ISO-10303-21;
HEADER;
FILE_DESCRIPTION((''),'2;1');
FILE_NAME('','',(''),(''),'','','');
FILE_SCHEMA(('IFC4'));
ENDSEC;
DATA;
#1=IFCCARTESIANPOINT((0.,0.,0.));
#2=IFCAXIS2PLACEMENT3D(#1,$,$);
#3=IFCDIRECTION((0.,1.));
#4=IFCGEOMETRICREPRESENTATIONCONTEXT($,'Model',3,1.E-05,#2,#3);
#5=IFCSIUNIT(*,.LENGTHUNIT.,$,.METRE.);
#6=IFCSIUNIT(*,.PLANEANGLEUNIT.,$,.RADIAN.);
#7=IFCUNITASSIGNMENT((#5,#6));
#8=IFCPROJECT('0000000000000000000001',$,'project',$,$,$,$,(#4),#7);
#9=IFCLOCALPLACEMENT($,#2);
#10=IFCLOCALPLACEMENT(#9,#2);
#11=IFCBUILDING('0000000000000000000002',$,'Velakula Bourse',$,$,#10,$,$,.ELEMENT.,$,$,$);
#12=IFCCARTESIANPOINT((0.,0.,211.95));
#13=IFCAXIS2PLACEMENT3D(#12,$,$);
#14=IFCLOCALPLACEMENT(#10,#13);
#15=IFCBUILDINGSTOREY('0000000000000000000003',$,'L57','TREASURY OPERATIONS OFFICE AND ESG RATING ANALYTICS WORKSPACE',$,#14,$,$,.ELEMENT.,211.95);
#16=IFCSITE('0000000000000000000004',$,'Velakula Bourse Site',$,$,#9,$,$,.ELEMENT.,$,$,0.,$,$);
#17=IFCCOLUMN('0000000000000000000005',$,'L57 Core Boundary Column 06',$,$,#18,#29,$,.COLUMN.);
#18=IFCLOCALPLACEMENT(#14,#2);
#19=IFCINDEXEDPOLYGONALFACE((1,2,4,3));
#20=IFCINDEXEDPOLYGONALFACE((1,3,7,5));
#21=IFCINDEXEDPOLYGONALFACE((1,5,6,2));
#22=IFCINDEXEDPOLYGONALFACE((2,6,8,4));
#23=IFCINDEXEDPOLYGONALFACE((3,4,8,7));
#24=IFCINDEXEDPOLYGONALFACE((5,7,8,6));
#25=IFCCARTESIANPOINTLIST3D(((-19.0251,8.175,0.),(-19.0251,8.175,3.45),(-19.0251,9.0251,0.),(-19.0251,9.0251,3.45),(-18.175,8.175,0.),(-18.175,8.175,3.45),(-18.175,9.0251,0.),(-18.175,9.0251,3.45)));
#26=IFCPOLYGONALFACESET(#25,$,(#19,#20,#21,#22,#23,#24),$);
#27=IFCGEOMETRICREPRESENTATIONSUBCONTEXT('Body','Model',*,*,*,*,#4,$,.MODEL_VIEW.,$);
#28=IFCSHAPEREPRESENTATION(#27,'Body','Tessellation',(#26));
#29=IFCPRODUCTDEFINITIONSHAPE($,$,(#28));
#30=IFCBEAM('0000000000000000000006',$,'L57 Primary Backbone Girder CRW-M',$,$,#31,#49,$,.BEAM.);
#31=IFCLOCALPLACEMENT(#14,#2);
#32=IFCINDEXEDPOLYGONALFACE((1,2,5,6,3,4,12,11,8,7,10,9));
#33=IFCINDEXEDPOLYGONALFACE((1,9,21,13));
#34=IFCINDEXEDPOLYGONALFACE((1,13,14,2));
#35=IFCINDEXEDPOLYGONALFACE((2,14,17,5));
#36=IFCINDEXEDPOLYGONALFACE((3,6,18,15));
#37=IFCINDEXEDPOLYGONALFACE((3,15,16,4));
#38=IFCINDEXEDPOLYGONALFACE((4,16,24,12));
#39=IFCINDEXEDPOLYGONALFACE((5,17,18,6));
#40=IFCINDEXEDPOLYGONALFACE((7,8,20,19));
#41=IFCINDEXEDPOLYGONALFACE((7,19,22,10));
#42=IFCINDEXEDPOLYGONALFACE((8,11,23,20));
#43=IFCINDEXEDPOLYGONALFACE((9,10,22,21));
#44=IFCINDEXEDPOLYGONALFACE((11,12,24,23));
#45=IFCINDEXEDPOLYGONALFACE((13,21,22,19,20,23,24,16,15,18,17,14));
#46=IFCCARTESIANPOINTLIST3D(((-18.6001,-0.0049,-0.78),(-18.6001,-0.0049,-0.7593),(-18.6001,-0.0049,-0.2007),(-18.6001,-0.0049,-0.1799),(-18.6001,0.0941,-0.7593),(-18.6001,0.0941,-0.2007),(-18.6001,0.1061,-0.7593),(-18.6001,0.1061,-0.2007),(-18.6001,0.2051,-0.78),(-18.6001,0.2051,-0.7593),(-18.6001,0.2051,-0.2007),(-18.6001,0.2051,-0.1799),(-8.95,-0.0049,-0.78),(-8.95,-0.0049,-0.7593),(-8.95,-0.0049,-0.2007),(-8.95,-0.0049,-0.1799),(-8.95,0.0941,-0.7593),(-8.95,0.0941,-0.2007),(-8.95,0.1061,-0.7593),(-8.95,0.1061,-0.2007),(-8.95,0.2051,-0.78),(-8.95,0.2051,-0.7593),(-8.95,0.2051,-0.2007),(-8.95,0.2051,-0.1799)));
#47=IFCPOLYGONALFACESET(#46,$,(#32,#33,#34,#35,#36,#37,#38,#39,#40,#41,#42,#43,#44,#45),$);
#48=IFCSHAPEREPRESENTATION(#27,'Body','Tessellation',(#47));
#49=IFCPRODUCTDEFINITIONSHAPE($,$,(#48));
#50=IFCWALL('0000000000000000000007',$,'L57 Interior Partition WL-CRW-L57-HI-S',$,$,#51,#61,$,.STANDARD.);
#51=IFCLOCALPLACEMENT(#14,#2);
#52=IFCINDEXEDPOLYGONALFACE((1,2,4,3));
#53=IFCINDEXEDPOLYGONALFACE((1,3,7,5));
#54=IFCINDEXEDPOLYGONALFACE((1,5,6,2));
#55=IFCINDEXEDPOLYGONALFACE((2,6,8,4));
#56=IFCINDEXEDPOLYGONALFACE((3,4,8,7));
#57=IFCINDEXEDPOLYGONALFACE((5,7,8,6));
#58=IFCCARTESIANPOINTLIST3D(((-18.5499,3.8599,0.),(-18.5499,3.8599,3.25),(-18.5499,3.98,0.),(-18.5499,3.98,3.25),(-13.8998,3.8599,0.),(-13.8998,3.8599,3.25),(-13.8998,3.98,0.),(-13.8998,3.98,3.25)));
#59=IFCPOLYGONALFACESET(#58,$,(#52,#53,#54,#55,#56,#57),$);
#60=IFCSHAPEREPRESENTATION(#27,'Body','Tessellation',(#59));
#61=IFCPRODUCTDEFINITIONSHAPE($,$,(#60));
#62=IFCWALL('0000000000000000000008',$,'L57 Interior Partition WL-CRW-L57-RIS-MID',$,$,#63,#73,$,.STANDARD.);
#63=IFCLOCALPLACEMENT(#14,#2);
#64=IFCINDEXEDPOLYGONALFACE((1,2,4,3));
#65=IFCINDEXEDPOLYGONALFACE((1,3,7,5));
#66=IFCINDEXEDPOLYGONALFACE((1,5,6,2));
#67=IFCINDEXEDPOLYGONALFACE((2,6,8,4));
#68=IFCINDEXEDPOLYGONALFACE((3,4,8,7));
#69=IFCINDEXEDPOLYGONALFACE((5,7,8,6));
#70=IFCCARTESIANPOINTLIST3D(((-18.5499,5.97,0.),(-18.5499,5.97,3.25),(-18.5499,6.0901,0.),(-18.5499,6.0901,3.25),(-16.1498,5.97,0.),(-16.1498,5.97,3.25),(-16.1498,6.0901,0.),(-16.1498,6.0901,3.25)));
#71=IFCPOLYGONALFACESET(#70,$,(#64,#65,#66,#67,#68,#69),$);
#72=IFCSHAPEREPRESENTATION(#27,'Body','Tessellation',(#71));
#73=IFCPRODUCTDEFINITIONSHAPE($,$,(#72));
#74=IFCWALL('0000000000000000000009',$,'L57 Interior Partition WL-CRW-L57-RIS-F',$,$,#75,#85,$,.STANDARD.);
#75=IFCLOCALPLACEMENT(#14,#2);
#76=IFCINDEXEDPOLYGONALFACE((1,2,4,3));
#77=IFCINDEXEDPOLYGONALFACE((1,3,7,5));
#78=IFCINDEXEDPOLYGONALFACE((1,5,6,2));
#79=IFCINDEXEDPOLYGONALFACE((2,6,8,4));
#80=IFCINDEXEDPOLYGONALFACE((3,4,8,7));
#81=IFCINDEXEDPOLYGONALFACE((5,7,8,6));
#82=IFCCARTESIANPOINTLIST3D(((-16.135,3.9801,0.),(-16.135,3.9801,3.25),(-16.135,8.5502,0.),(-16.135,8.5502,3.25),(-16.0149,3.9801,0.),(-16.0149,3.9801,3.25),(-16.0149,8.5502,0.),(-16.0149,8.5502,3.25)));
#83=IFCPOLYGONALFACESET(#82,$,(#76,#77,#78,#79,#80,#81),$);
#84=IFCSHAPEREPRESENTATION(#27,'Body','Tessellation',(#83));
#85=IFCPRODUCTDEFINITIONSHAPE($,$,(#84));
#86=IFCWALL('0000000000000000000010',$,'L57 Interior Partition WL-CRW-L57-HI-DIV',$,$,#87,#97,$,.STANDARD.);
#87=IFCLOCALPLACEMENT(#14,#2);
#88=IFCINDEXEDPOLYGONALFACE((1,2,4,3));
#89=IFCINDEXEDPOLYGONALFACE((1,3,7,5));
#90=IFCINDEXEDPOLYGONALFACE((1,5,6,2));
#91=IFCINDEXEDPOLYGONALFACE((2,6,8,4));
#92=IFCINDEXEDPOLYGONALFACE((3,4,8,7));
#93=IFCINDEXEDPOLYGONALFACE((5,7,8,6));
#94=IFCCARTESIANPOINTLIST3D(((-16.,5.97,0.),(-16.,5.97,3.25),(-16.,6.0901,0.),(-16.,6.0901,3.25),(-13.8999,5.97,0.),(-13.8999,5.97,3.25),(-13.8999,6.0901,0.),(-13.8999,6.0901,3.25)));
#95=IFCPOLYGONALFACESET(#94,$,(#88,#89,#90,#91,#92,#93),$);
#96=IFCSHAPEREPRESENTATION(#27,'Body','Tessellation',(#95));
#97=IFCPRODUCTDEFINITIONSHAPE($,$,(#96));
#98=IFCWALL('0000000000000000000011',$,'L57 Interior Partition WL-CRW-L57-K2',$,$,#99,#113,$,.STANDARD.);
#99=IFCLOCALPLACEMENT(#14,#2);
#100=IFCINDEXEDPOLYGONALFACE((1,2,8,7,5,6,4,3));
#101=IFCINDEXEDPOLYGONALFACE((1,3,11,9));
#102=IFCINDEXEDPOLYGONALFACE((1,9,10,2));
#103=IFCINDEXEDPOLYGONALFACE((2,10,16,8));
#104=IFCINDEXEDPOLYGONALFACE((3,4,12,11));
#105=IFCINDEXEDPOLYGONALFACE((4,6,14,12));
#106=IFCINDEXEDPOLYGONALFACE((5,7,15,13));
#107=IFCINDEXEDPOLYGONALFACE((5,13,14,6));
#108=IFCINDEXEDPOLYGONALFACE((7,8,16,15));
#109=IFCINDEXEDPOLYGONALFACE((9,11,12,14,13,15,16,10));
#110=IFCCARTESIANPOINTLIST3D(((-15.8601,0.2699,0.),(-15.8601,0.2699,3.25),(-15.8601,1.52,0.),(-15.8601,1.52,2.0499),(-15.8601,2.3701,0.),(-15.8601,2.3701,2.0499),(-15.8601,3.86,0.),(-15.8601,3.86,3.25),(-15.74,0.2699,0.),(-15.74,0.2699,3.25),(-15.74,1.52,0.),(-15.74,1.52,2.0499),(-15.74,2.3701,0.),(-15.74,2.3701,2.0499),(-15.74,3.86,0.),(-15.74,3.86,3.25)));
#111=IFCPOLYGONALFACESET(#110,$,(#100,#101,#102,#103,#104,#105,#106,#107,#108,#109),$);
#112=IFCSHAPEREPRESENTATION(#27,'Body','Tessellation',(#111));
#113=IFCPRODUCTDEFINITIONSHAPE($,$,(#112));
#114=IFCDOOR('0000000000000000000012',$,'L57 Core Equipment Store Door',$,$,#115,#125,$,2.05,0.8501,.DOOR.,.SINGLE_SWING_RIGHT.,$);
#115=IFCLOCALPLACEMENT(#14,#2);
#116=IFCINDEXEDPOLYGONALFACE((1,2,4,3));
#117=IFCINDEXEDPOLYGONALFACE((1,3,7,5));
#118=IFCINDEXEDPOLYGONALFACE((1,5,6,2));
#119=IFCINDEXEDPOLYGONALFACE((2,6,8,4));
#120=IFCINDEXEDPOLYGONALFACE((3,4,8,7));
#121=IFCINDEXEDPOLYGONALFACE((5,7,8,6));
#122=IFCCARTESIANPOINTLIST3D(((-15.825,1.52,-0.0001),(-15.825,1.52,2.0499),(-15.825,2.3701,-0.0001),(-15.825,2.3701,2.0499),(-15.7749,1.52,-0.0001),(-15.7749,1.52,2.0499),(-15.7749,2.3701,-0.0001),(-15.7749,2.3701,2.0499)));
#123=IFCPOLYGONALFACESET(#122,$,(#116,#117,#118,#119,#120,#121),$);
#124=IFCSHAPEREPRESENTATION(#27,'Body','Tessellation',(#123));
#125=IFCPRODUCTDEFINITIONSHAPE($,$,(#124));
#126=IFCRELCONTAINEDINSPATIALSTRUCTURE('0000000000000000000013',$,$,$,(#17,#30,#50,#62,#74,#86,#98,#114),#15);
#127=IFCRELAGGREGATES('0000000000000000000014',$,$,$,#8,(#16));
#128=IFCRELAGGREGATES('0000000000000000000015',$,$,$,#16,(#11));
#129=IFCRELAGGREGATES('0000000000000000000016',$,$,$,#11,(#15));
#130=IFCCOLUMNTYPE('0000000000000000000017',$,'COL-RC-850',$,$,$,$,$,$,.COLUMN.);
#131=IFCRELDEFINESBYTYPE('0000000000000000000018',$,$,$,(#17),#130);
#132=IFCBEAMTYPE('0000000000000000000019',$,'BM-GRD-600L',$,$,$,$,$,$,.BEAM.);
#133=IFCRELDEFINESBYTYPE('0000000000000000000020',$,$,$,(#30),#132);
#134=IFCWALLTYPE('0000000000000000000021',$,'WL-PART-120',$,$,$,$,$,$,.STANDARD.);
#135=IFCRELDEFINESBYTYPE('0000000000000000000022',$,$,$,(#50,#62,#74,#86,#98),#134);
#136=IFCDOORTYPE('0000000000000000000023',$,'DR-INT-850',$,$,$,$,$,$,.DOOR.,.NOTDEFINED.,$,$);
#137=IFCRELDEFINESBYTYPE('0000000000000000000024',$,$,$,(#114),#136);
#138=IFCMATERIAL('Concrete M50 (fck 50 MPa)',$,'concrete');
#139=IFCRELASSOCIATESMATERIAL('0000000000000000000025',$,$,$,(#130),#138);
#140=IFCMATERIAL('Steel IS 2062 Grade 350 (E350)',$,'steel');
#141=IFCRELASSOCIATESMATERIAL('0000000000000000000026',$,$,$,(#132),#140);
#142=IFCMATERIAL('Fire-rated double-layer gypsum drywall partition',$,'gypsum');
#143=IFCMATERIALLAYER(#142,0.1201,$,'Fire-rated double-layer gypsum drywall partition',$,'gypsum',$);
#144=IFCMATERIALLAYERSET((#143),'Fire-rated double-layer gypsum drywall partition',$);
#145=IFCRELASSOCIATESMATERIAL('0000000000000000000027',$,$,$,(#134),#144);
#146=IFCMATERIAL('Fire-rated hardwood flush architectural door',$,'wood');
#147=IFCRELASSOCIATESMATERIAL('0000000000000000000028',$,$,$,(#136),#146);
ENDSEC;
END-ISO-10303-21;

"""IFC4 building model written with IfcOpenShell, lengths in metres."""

from ifc_helpers import new_model, si_unit, direction, frame, frame_2d, origin, origin_2d, place, context, subcontext, project, spatial, rectangle, i_section, extrude, material, layer, layer_set, material_profile, profile_set, type_object, element, fill, save


model = new_model("IFC4")

# Units and contexts
model_context = context("Model", 3, precision=1e-05, world=origin(), true_north=direction((0.0, 1.0)))
body_context = subcontext(model_context, "Body", "Model", "MODEL_VIEW")
ifc_project = project(units=[si_unit("LENGTHUNIT", "METRE"), si_unit("PLANEANGLEUNIT", "RADIAN")], contexts=[model_context])

# Site, building, storey
site_placement = place(None, origin())
site = spatial("IfcSite", under=ifc_project, at=site_placement, Name="Velakula Bourse Site", CompositionType="ELEMENT", RefElevation=0.0)
building_placement = place(site_placement, origin())
building = spatial("IfcBuilding", under=site, at=building_placement, Name="Velakula Bourse", CompositionType="ELEMENT")
storey_placement = place(building_placement, frame((0.0, 0.0, 211.95)))
storey = spatial("IfcBuildingStorey", under=building, at=storey_placement, Name="L57", Description="TREASURY OPERATIONS OFFICE AND ESG RATING ANALYTICS WORKSPACE", CompositionType="ELEMENT", Elevation=211.95)

# Column
ifc_material_1 = material(Name="Concrete M50 (fck 50 MPa)", Category="concrete")
ifc_material_profile_1 = material_profile(ifc_material_1, rectangle(XDim=0.8501, YDim=0.8501, at=origin_2d()), Name="Concrete M50 (fck 50 MPa)")
ifc_profile_set_1 = profile_set([ifc_material_profile_1], Name="Concrete M50 (fck 50 MPa)")
column_type = type_object("IfcColumnType", Name="COL-RC-850", PredefinedType="COLUMN", material=ifc_profile_set_1)
column_placement = place(storey_placement, frame((-18.6001, 8.6001, 0.0), z_axis=(0.0, 0.0, 1.0), x_axis=(1.0, 0.0, 0.0)))
element("IfcColumn", 1, at=column_placement, inside=storey, type_object=column_type, Name="L57 Core Boundary Column 06", PredefinedType="COLUMN", context=body_context, shape_type="SweptSolid", body=[
    extrude(rectangle(XDim=0.8501, YDim=0.8501, at=origin_2d()), origin(), (0.0, 0.0, 1.0), 3.45),
])

# Beam
ifc_material_2 = material(Name="Steel IS 2062 Grade 350 (E350)", Category="steel")
ifc_material_profile_2 = material_profile(ifc_material_2, i_section(OverallWidth=0.21, OverallDepth=0.6001, WebThickness=0.012, FlangeThickness=0.0208, at=origin_2d()), Name="Steel IS 2062 Grade 350 (E350)")
ifc_profile_set_2 = profile_set([ifc_material_profile_2], Name="Steel IS 2062 Grade 350 (E350)")
beam_type = type_object("IfcBeamType", Name="BM-GRD-600L", PredefinedType="BEAM", material=ifc_profile_set_2)
beam_placement = place(storey_placement, frame((-18.6001, 0.1001, -0.48), z_axis=(1.0, 0.0, 0.0), x_axis=(0.0, 1.0, 0.0)))
element("IfcBeam", 2, at=beam_placement, inside=storey, type_object=beam_type, Name="L57 Primary Backbone Girder CRW-M", PredefinedType="BEAM", context=body_context, shape_type="SweptSolid", body=[
    extrude(i_section(OverallWidth=0.21, OverallDepth=0.6001, WebThickness=0.012, FlangeThickness=0.0208, at=origin_2d()), origin(), (0.0, 0.0, 1.0), 9.6501),
])

# Walls
ifc_material_3 = material(Name="Fire-rated double-layer gypsum drywall partition", Category="gypsum")
ifc_layer_1 = layer(ifc_material_3, 0.1201, Name="Fire-rated double-layer gypsum drywall partition", Category="gypsum")
ifc_layer_set_1 = layer_set([ifc_layer_1], Name="Fire-rated double-layer gypsum drywall partition")
wall_type_1 = type_object("IfcWallType", Name="WL-PART-120", PredefinedType="STANDARD", material=ifc_layer_set_1)
wall_1_placement = place(storey_placement, frame((-18.55, 3.9199, 0.0), z_axis=(0.0, 0.0, 1.0), x_axis=(1.0, 0.0, 0.0)))
element("IfcWall", 3, at=wall_1_placement, inside=storey, type_object=wall_type_1, Name="L57 Interior Partition WL-CRW-L57-HI-S", PredefinedType="STANDARD", context=body_context, shape_type="SweptSolid", body=[
    extrude(rectangle(XDim=4.6501, YDim=0.1201, at=frame_2d((2.3252, 0.0))), origin(), (0.0, 0.0, 1.0), 3.25),
])
wall_2_placement = place(storey_placement, frame((-18.55, 6.03, 0.0), z_axis=(0.0, 0.0, 1.0), x_axis=(1.0, 0.0, 0.0)))
element("IfcWall", 4, at=wall_2_placement, inside=storey, type_object=wall_type_1, Name="L57 Interior Partition WL-CRW-L57-RIS-MID", PredefinedType="STANDARD", context=body_context, shape_type="SweptSolid", body=[
    extrude(rectangle(XDim=2.4001, YDim=0.1201, at=frame_2d((1.2002, 0.0))), origin(), (0.0, 0.0, 1.0), 3.25),
])
wall_3_placement = place(storey_placement, frame((-16.075, 3.98, 0.0), z_axis=(0.0, 0.0, 1.0), x_axis=(0.0, 1.0, 0.0)))
element("IfcWall", 5, at=wall_3_placement, inside=storey, type_object=wall_type_1, Name="L57 Interior Partition WL-CRW-L57-RIS-F", PredefinedType="STANDARD", context=body_context, shape_type="SweptSolid", body=[
    extrude(rectangle(XDim=4.5701, YDim=0.1201, at=frame_2d((2.2852, 0.0))), origin(), (0.0, 0.0, 1.0), 3.25),
])
wall_4_placement = place(storey_placement, frame((-16.0, 6.03, 0.0), z_axis=(0.0, 0.0, 1.0), x_axis=(1.0, 0.0, 0.0)))
element("IfcWall", 6, at=wall_4_placement, inside=storey, type_object=wall_type_1, Name="L57 Interior Partition WL-CRW-L57-HI-DIV", PredefinedType="STANDARD", context=body_context, shape_type="SweptSolid", body=[
    extrude(rectangle(XDim=2.1001, YDim=0.1201, at=frame_2d((1.05, 0.0))), origin(), (0.0, 0.0, 1.0), 3.25),
])

# Wall, opening, door
wall_5_placement = place(storey_placement, frame((-15.8, 0.27, 0.0), z_axis=(0.0, 0.0, 1.0), x_axis=(0.0, 1.0, 0.0)))
wall_5 = element("IfcWall", 7, at=wall_5_placement, inside=storey, type_object=wall_type_1, Name="L57 Interior Partition WL-CRW-L57-K2", PredefinedType="STANDARD", context=body_context, shape_type="SweptSolid", body=[
    extrude(rectangle(XDim=3.5901, YDim=0.1201, at=frame_2d((1.7949, 0.0))), origin(), (0.0, 0.0, 1.0), 3.25),
])
opening_1_placement = place(wall_5_placement, frame((1.25, 0.0, 0.0)))
opening_1 = element("IfcOpeningElement", 8, at=opening_1_placement, cuts=wall_5, PredefinedType="OPENING", context=body_context, shape_type="SweptSolid", body=[
    extrude(rectangle(XDim=0.8501, YDim=2.05, at=frame_2d((0.425, 1.0249))), frame((0.0, 0.0701, 0.0), z_axis=(0.0, -1.0, 0.0), x_axis=(1.0, 0.0, 0.0)), (0.0, 0.0, 1.0), 0.1401),
])
ifc_material_4 = material(Name="Fire-rated hardwood flush architectural door", Category="wood")
door_type_1 = type_object("IfcDoorType", Name="DR-INT-850", OperationType="NOTDEFINED", PredefinedType="DOOR", material=ifc_material_4)
door_1_placement = place(opening_1_placement, origin())
door_1 = element("IfcDoor", 9, at=door_1_placement, inside=storey, type_object=door_type_1, Name="L57 Core Equipment Store Door", OperationType="SINGLE_SWING_RIGHT", OverallHeight=2.05, OverallWidth=0.8501, PredefinedType="DOOR", context=body_context, shape_type="SweptSolid", body=[
    extrude(rectangle(XDim=0.8501, YDim=2.05, at=frame_2d((0.425, 1.0249))), frame((0.0, 0.0249, 0.0), z_axis=(0.0, -1.0, 0.0), x_axis=(1.0, 0.0, 0.0)), (0.0, 0.0, 1.0), 0.05),
])
fill(opening_1, door_1)

save(model, "model.ifc")
